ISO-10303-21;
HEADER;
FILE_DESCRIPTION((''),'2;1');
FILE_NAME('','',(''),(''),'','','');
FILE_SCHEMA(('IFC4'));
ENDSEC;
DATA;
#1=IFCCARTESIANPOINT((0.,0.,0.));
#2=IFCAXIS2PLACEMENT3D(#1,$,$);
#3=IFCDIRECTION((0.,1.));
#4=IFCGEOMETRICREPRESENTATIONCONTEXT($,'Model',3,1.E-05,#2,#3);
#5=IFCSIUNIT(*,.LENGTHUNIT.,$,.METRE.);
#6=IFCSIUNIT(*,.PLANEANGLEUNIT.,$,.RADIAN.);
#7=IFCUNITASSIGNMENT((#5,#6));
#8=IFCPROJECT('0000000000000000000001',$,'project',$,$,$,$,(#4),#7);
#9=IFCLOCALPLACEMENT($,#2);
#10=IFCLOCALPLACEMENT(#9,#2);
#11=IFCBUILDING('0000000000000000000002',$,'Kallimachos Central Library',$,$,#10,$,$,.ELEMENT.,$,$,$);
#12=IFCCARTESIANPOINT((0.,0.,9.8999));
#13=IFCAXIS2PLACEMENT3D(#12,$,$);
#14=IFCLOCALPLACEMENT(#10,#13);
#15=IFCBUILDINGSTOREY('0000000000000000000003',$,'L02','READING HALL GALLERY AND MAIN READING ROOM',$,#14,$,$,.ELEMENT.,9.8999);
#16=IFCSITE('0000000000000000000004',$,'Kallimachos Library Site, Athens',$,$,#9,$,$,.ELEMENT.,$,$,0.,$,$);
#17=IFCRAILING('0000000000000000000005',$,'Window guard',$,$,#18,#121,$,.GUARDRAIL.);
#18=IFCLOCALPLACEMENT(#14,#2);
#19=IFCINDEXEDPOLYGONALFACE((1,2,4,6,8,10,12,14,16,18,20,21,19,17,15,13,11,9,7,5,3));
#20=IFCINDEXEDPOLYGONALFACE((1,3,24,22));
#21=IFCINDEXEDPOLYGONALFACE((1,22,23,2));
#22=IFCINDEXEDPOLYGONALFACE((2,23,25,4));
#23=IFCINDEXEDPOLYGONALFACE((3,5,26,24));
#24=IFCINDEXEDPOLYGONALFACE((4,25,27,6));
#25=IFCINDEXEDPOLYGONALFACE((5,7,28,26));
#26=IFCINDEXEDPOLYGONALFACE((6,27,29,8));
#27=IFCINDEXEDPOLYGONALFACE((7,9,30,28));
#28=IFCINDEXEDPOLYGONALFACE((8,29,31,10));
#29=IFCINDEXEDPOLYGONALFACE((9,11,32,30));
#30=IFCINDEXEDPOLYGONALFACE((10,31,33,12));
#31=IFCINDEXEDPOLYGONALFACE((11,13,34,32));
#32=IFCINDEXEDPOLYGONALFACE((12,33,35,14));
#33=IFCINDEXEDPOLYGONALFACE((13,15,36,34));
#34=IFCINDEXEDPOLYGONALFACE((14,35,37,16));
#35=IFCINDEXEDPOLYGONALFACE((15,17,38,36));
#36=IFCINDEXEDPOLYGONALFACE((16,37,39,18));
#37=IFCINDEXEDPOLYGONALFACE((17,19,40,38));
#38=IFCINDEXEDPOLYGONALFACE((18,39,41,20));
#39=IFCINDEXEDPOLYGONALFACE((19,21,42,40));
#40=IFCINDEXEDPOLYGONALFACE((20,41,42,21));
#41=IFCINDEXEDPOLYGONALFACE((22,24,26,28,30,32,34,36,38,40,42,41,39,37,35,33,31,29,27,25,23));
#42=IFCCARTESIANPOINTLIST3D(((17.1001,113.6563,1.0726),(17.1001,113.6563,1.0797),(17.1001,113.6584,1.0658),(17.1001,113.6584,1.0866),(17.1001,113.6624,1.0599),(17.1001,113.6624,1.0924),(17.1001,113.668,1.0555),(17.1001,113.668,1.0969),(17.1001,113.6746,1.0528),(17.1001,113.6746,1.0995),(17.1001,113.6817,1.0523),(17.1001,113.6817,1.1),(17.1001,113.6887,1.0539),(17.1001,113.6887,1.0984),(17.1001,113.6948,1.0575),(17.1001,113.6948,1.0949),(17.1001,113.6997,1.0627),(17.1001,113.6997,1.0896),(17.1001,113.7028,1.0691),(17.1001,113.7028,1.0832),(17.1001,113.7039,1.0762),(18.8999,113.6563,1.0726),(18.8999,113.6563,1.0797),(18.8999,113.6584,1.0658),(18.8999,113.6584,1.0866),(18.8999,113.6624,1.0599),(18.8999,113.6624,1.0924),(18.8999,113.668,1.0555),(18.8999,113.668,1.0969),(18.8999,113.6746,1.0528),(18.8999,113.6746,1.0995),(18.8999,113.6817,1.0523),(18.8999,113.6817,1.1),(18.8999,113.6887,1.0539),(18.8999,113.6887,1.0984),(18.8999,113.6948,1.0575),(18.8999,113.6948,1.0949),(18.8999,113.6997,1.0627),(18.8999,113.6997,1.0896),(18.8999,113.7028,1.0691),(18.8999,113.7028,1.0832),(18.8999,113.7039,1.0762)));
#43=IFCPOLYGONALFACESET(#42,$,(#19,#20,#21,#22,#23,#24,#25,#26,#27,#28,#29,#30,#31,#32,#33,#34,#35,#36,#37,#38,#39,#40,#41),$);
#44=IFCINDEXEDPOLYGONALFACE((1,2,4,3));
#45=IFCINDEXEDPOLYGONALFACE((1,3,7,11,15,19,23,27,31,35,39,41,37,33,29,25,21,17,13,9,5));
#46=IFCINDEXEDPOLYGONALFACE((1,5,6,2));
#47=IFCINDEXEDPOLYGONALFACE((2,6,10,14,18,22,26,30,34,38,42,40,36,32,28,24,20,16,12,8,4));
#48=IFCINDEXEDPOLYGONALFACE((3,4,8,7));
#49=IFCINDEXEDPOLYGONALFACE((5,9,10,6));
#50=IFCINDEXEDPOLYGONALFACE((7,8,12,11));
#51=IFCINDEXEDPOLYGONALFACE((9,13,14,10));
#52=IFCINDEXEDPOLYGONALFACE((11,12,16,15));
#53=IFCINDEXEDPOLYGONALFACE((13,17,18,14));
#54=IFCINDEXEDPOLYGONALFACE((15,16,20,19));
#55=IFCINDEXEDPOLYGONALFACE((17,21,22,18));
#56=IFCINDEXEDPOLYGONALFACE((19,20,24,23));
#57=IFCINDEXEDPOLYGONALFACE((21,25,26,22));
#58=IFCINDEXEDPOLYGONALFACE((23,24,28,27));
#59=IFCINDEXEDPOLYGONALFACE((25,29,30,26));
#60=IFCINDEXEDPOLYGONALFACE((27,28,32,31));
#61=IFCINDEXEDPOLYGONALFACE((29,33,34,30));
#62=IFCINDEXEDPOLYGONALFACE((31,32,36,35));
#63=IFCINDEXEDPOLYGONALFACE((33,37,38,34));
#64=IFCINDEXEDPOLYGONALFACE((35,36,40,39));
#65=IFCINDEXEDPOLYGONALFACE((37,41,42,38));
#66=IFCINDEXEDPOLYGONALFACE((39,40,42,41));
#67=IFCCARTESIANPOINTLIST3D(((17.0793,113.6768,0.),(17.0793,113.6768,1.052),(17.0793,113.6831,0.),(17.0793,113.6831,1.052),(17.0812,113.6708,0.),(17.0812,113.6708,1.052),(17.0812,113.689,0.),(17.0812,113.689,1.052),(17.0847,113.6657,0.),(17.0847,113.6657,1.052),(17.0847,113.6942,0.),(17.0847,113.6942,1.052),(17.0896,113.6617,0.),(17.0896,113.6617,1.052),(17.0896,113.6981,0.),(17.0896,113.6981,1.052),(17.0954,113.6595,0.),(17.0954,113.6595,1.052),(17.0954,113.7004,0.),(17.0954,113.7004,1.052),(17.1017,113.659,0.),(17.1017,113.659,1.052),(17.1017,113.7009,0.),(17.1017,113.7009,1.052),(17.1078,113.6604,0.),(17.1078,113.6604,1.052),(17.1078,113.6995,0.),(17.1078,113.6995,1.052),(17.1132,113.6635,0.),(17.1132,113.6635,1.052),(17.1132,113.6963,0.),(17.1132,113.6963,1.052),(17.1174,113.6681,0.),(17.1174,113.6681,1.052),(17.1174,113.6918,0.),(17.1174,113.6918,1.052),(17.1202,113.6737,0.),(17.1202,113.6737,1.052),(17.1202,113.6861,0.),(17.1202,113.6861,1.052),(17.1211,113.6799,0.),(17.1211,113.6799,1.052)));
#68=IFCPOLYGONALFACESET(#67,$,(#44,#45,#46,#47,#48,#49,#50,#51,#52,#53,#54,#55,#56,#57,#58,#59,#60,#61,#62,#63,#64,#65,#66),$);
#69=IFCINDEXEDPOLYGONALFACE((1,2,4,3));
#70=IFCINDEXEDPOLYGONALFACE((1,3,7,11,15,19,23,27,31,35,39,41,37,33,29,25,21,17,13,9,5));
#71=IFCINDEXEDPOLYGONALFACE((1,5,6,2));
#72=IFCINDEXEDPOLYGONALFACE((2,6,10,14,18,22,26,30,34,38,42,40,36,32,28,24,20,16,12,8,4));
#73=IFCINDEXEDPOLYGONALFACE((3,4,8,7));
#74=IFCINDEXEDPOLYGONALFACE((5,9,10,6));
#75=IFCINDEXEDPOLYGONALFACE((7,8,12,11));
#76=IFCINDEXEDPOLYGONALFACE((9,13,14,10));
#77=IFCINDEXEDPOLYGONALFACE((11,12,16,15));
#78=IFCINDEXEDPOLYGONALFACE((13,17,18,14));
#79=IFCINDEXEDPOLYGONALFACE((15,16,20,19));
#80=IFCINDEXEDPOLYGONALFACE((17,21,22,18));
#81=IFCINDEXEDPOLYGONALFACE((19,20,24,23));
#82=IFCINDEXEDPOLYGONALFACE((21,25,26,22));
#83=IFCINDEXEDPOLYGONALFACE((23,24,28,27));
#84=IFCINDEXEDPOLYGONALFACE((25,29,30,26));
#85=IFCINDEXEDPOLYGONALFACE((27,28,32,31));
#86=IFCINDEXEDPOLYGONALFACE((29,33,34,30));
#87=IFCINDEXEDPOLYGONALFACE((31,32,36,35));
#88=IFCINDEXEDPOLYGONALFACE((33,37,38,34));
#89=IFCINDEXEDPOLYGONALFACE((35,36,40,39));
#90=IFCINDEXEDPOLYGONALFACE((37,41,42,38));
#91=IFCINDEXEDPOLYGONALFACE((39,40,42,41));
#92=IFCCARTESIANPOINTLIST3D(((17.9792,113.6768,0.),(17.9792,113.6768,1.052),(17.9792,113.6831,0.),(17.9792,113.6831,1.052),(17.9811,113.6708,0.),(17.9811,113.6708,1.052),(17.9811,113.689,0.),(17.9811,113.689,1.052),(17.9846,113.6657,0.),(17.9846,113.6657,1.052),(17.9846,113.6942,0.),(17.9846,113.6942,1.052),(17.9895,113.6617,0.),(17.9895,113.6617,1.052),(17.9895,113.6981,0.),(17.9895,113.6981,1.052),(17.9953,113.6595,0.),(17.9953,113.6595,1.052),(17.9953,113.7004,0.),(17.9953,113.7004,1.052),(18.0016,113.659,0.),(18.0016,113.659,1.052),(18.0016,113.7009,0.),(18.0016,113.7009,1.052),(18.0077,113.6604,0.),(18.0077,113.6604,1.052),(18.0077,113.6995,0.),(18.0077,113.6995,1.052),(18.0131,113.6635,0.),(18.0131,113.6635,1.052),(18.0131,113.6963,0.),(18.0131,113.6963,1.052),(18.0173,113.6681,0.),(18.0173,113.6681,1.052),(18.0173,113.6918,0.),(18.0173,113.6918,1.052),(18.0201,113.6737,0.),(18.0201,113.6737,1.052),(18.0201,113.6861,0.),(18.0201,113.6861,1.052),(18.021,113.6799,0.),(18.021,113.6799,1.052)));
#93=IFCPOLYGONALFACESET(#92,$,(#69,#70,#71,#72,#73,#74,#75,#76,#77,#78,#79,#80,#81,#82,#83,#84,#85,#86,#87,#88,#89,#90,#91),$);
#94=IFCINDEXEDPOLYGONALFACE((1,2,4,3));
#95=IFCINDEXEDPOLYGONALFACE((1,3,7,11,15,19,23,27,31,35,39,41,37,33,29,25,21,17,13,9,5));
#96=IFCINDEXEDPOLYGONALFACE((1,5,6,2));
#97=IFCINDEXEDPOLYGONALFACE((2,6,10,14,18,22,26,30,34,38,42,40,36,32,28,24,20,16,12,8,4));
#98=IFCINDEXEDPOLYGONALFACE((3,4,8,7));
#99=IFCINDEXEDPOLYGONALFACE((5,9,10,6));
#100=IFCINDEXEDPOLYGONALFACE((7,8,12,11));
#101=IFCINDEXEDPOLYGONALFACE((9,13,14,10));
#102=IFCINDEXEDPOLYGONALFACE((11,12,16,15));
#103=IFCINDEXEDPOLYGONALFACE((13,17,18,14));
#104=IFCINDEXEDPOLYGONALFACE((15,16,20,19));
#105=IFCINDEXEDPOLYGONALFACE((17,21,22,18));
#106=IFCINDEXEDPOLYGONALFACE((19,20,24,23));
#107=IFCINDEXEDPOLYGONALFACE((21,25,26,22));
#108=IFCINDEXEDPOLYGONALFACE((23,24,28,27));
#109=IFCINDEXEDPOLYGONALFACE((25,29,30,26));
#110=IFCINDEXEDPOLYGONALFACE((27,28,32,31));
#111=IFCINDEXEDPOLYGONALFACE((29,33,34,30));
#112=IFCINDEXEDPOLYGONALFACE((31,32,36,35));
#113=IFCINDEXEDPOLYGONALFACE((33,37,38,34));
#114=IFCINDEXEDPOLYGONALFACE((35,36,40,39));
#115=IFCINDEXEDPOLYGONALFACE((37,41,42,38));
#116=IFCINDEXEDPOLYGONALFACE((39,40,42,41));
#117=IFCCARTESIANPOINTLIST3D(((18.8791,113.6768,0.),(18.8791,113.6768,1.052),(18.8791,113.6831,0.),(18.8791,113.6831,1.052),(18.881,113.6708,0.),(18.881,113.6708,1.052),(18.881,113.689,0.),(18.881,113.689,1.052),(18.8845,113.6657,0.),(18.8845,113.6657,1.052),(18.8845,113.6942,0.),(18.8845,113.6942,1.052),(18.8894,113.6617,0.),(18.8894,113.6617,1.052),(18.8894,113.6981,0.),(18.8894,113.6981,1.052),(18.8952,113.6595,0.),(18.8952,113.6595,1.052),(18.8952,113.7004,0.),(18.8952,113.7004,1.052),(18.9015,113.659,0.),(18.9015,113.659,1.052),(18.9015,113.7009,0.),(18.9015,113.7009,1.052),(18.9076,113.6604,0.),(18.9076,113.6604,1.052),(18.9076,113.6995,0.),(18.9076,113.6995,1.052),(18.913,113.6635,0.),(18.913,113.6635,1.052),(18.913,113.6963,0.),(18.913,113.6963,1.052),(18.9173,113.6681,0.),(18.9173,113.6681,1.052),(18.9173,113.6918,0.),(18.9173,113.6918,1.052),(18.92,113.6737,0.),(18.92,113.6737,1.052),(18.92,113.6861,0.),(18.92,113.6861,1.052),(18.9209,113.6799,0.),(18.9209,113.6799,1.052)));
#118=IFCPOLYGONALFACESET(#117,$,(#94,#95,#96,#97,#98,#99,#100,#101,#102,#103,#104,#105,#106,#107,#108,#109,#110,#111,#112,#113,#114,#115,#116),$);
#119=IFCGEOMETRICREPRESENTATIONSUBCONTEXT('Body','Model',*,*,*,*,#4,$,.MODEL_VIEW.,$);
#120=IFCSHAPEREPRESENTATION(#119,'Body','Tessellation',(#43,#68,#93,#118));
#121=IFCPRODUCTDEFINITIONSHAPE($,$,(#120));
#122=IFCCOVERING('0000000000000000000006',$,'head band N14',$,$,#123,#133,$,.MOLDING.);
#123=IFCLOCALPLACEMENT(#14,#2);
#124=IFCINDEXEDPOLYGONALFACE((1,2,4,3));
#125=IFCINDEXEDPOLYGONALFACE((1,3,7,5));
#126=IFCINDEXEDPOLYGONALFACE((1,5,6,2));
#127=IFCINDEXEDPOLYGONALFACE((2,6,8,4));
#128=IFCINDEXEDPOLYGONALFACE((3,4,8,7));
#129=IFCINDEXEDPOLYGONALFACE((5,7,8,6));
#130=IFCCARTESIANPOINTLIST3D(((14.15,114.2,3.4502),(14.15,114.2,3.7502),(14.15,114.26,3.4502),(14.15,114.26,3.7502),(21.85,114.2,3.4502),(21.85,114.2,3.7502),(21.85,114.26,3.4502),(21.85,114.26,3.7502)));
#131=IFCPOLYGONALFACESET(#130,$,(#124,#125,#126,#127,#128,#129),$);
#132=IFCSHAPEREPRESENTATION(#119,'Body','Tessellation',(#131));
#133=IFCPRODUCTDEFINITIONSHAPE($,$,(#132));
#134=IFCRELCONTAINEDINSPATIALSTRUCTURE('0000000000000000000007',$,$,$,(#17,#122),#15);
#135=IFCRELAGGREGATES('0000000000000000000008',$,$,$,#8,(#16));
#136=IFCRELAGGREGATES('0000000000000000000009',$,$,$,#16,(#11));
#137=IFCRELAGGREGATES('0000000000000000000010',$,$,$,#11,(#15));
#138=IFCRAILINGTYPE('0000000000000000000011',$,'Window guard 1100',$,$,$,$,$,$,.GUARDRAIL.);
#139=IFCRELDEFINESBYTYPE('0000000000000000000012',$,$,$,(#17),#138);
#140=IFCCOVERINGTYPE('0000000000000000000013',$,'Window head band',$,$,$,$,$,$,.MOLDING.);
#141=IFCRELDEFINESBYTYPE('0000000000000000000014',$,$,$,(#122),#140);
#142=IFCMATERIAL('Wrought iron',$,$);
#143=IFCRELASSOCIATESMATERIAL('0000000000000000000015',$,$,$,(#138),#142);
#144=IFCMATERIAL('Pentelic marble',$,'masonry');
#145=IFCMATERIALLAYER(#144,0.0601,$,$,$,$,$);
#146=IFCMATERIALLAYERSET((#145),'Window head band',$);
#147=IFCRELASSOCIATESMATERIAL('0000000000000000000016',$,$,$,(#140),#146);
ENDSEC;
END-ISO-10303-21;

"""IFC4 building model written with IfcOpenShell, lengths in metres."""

from ifc_helpers import new_model, si_unit, direction, frame, origin, origin_2d, place, context, subcontext, project, spatial, rectangle, circle, extrude, material, layer, layer_set, type_object, element, save


model = new_model("IFC4")

# Units and contexts
model_context = context("Model", 3, precision=1e-05, world=origin(), true_north=direction((0.0, 1.0)))
body_context = subcontext(model_context, "Body", "Model", "MODEL_VIEW")
ifc_project = project(units=[si_unit("LENGTHUNIT", "METRE"), si_unit("PLANEANGLEUNIT", "RADIAN")], contexts=[model_context])

# Site, building, storey
site_placement = place(None, origin())
site = spatial("IfcSite", under=ifc_project, at=site_placement, Name="Kallimachos Library Site, Athens", CompositionType="ELEMENT", RefElevation=0.0)
building_placement = place(site_placement, origin())
building = spatial("IfcBuilding", under=site, at=building_placement, Name="Kallimachos Central Library", CompositionType="ELEMENT")
storey_placement = place(building_placement, frame((0.0, 0.0, 9.8999)))
storey = spatial("IfcBuildingStorey", under=building, at=storey_placement, Name="L02", Description="READING HALL GALLERY AND MAIN READING ROOM", CompositionType="ELEMENT", Elevation=9.8999)

# Railing
ifc_material_1 = material(Name="Wrought iron")
railing_type = type_object("IfcRailingType", Name="Window guard 1100", PredefinedType="GUARDRAIL", material=ifc_material_1)
for number, where, name in (
    (1, (17.1001, 113.6799, 0.0), "Window guard"),
):
    element("IfcRailing", number, at=place(storey_placement, frame(where)), inside=storey, type_object=railing_type, Name=name, PredefinedType="GUARDRAIL", context=body_context, shape_type="SweptSolid", body=[
        extrude(circle(Radius=0.0239, at=origin_2d()), frame((0.0, 0.0, 1.0762), z_axis=(1.0, 0.0, 0.0), x_axis=(0.0, 1.0, 0.0)), (0.0, 0.0, 1.0), 1.7998),
        extrude(circle(Radius=0.021, at=origin_2d()), origin(), (0.0, 0.0, 1.0), 1.052),
        extrude(circle(Radius=0.021, at=origin_2d()), frame((0.8999, 0.0, 0.0)), (0.0, 0.0, 1.0), 1.052),
        extrude(circle(Radius=0.021, at=origin_2d()), frame((1.7998, 0.0, 0.0)), (0.0, 0.0, 1.0), 1.052),
    ])

# Covering
ifc_material_2 = material(Name="Pentelic marble", Category="masonry")
ifc_layer_1 = layer(ifc_material_2, 0.0601)
ifc_layer_set_1 = layer_set([ifc_layer_1], Name="Window head band")
covering_type_1 = type_object("IfcCoveringType", Name="Window head band", PredefinedType="MOLDING", material=ifc_layer_set_1)
covering_1_placement = place(storey_placement, frame((18.0, 114.23, 3.4502), z_axis=(0.0, 0.0, 1.0), x_axis=(1.0, 0.0, 0.0)))
element("IfcCovering", 2, at=covering_1_placement, inside=storey, type_object=covering_type_1, Name="head band N14", PredefinedType="MOLDING", context=body_context, shape_type="SweptSolid", body=[
    extrude(rectangle(XDim=7.7, YDim=0.0601, at=origin_2d()), origin(), (0.0, 0.0, 1.0), 0.3),
])

save(model, "model.ifc")
